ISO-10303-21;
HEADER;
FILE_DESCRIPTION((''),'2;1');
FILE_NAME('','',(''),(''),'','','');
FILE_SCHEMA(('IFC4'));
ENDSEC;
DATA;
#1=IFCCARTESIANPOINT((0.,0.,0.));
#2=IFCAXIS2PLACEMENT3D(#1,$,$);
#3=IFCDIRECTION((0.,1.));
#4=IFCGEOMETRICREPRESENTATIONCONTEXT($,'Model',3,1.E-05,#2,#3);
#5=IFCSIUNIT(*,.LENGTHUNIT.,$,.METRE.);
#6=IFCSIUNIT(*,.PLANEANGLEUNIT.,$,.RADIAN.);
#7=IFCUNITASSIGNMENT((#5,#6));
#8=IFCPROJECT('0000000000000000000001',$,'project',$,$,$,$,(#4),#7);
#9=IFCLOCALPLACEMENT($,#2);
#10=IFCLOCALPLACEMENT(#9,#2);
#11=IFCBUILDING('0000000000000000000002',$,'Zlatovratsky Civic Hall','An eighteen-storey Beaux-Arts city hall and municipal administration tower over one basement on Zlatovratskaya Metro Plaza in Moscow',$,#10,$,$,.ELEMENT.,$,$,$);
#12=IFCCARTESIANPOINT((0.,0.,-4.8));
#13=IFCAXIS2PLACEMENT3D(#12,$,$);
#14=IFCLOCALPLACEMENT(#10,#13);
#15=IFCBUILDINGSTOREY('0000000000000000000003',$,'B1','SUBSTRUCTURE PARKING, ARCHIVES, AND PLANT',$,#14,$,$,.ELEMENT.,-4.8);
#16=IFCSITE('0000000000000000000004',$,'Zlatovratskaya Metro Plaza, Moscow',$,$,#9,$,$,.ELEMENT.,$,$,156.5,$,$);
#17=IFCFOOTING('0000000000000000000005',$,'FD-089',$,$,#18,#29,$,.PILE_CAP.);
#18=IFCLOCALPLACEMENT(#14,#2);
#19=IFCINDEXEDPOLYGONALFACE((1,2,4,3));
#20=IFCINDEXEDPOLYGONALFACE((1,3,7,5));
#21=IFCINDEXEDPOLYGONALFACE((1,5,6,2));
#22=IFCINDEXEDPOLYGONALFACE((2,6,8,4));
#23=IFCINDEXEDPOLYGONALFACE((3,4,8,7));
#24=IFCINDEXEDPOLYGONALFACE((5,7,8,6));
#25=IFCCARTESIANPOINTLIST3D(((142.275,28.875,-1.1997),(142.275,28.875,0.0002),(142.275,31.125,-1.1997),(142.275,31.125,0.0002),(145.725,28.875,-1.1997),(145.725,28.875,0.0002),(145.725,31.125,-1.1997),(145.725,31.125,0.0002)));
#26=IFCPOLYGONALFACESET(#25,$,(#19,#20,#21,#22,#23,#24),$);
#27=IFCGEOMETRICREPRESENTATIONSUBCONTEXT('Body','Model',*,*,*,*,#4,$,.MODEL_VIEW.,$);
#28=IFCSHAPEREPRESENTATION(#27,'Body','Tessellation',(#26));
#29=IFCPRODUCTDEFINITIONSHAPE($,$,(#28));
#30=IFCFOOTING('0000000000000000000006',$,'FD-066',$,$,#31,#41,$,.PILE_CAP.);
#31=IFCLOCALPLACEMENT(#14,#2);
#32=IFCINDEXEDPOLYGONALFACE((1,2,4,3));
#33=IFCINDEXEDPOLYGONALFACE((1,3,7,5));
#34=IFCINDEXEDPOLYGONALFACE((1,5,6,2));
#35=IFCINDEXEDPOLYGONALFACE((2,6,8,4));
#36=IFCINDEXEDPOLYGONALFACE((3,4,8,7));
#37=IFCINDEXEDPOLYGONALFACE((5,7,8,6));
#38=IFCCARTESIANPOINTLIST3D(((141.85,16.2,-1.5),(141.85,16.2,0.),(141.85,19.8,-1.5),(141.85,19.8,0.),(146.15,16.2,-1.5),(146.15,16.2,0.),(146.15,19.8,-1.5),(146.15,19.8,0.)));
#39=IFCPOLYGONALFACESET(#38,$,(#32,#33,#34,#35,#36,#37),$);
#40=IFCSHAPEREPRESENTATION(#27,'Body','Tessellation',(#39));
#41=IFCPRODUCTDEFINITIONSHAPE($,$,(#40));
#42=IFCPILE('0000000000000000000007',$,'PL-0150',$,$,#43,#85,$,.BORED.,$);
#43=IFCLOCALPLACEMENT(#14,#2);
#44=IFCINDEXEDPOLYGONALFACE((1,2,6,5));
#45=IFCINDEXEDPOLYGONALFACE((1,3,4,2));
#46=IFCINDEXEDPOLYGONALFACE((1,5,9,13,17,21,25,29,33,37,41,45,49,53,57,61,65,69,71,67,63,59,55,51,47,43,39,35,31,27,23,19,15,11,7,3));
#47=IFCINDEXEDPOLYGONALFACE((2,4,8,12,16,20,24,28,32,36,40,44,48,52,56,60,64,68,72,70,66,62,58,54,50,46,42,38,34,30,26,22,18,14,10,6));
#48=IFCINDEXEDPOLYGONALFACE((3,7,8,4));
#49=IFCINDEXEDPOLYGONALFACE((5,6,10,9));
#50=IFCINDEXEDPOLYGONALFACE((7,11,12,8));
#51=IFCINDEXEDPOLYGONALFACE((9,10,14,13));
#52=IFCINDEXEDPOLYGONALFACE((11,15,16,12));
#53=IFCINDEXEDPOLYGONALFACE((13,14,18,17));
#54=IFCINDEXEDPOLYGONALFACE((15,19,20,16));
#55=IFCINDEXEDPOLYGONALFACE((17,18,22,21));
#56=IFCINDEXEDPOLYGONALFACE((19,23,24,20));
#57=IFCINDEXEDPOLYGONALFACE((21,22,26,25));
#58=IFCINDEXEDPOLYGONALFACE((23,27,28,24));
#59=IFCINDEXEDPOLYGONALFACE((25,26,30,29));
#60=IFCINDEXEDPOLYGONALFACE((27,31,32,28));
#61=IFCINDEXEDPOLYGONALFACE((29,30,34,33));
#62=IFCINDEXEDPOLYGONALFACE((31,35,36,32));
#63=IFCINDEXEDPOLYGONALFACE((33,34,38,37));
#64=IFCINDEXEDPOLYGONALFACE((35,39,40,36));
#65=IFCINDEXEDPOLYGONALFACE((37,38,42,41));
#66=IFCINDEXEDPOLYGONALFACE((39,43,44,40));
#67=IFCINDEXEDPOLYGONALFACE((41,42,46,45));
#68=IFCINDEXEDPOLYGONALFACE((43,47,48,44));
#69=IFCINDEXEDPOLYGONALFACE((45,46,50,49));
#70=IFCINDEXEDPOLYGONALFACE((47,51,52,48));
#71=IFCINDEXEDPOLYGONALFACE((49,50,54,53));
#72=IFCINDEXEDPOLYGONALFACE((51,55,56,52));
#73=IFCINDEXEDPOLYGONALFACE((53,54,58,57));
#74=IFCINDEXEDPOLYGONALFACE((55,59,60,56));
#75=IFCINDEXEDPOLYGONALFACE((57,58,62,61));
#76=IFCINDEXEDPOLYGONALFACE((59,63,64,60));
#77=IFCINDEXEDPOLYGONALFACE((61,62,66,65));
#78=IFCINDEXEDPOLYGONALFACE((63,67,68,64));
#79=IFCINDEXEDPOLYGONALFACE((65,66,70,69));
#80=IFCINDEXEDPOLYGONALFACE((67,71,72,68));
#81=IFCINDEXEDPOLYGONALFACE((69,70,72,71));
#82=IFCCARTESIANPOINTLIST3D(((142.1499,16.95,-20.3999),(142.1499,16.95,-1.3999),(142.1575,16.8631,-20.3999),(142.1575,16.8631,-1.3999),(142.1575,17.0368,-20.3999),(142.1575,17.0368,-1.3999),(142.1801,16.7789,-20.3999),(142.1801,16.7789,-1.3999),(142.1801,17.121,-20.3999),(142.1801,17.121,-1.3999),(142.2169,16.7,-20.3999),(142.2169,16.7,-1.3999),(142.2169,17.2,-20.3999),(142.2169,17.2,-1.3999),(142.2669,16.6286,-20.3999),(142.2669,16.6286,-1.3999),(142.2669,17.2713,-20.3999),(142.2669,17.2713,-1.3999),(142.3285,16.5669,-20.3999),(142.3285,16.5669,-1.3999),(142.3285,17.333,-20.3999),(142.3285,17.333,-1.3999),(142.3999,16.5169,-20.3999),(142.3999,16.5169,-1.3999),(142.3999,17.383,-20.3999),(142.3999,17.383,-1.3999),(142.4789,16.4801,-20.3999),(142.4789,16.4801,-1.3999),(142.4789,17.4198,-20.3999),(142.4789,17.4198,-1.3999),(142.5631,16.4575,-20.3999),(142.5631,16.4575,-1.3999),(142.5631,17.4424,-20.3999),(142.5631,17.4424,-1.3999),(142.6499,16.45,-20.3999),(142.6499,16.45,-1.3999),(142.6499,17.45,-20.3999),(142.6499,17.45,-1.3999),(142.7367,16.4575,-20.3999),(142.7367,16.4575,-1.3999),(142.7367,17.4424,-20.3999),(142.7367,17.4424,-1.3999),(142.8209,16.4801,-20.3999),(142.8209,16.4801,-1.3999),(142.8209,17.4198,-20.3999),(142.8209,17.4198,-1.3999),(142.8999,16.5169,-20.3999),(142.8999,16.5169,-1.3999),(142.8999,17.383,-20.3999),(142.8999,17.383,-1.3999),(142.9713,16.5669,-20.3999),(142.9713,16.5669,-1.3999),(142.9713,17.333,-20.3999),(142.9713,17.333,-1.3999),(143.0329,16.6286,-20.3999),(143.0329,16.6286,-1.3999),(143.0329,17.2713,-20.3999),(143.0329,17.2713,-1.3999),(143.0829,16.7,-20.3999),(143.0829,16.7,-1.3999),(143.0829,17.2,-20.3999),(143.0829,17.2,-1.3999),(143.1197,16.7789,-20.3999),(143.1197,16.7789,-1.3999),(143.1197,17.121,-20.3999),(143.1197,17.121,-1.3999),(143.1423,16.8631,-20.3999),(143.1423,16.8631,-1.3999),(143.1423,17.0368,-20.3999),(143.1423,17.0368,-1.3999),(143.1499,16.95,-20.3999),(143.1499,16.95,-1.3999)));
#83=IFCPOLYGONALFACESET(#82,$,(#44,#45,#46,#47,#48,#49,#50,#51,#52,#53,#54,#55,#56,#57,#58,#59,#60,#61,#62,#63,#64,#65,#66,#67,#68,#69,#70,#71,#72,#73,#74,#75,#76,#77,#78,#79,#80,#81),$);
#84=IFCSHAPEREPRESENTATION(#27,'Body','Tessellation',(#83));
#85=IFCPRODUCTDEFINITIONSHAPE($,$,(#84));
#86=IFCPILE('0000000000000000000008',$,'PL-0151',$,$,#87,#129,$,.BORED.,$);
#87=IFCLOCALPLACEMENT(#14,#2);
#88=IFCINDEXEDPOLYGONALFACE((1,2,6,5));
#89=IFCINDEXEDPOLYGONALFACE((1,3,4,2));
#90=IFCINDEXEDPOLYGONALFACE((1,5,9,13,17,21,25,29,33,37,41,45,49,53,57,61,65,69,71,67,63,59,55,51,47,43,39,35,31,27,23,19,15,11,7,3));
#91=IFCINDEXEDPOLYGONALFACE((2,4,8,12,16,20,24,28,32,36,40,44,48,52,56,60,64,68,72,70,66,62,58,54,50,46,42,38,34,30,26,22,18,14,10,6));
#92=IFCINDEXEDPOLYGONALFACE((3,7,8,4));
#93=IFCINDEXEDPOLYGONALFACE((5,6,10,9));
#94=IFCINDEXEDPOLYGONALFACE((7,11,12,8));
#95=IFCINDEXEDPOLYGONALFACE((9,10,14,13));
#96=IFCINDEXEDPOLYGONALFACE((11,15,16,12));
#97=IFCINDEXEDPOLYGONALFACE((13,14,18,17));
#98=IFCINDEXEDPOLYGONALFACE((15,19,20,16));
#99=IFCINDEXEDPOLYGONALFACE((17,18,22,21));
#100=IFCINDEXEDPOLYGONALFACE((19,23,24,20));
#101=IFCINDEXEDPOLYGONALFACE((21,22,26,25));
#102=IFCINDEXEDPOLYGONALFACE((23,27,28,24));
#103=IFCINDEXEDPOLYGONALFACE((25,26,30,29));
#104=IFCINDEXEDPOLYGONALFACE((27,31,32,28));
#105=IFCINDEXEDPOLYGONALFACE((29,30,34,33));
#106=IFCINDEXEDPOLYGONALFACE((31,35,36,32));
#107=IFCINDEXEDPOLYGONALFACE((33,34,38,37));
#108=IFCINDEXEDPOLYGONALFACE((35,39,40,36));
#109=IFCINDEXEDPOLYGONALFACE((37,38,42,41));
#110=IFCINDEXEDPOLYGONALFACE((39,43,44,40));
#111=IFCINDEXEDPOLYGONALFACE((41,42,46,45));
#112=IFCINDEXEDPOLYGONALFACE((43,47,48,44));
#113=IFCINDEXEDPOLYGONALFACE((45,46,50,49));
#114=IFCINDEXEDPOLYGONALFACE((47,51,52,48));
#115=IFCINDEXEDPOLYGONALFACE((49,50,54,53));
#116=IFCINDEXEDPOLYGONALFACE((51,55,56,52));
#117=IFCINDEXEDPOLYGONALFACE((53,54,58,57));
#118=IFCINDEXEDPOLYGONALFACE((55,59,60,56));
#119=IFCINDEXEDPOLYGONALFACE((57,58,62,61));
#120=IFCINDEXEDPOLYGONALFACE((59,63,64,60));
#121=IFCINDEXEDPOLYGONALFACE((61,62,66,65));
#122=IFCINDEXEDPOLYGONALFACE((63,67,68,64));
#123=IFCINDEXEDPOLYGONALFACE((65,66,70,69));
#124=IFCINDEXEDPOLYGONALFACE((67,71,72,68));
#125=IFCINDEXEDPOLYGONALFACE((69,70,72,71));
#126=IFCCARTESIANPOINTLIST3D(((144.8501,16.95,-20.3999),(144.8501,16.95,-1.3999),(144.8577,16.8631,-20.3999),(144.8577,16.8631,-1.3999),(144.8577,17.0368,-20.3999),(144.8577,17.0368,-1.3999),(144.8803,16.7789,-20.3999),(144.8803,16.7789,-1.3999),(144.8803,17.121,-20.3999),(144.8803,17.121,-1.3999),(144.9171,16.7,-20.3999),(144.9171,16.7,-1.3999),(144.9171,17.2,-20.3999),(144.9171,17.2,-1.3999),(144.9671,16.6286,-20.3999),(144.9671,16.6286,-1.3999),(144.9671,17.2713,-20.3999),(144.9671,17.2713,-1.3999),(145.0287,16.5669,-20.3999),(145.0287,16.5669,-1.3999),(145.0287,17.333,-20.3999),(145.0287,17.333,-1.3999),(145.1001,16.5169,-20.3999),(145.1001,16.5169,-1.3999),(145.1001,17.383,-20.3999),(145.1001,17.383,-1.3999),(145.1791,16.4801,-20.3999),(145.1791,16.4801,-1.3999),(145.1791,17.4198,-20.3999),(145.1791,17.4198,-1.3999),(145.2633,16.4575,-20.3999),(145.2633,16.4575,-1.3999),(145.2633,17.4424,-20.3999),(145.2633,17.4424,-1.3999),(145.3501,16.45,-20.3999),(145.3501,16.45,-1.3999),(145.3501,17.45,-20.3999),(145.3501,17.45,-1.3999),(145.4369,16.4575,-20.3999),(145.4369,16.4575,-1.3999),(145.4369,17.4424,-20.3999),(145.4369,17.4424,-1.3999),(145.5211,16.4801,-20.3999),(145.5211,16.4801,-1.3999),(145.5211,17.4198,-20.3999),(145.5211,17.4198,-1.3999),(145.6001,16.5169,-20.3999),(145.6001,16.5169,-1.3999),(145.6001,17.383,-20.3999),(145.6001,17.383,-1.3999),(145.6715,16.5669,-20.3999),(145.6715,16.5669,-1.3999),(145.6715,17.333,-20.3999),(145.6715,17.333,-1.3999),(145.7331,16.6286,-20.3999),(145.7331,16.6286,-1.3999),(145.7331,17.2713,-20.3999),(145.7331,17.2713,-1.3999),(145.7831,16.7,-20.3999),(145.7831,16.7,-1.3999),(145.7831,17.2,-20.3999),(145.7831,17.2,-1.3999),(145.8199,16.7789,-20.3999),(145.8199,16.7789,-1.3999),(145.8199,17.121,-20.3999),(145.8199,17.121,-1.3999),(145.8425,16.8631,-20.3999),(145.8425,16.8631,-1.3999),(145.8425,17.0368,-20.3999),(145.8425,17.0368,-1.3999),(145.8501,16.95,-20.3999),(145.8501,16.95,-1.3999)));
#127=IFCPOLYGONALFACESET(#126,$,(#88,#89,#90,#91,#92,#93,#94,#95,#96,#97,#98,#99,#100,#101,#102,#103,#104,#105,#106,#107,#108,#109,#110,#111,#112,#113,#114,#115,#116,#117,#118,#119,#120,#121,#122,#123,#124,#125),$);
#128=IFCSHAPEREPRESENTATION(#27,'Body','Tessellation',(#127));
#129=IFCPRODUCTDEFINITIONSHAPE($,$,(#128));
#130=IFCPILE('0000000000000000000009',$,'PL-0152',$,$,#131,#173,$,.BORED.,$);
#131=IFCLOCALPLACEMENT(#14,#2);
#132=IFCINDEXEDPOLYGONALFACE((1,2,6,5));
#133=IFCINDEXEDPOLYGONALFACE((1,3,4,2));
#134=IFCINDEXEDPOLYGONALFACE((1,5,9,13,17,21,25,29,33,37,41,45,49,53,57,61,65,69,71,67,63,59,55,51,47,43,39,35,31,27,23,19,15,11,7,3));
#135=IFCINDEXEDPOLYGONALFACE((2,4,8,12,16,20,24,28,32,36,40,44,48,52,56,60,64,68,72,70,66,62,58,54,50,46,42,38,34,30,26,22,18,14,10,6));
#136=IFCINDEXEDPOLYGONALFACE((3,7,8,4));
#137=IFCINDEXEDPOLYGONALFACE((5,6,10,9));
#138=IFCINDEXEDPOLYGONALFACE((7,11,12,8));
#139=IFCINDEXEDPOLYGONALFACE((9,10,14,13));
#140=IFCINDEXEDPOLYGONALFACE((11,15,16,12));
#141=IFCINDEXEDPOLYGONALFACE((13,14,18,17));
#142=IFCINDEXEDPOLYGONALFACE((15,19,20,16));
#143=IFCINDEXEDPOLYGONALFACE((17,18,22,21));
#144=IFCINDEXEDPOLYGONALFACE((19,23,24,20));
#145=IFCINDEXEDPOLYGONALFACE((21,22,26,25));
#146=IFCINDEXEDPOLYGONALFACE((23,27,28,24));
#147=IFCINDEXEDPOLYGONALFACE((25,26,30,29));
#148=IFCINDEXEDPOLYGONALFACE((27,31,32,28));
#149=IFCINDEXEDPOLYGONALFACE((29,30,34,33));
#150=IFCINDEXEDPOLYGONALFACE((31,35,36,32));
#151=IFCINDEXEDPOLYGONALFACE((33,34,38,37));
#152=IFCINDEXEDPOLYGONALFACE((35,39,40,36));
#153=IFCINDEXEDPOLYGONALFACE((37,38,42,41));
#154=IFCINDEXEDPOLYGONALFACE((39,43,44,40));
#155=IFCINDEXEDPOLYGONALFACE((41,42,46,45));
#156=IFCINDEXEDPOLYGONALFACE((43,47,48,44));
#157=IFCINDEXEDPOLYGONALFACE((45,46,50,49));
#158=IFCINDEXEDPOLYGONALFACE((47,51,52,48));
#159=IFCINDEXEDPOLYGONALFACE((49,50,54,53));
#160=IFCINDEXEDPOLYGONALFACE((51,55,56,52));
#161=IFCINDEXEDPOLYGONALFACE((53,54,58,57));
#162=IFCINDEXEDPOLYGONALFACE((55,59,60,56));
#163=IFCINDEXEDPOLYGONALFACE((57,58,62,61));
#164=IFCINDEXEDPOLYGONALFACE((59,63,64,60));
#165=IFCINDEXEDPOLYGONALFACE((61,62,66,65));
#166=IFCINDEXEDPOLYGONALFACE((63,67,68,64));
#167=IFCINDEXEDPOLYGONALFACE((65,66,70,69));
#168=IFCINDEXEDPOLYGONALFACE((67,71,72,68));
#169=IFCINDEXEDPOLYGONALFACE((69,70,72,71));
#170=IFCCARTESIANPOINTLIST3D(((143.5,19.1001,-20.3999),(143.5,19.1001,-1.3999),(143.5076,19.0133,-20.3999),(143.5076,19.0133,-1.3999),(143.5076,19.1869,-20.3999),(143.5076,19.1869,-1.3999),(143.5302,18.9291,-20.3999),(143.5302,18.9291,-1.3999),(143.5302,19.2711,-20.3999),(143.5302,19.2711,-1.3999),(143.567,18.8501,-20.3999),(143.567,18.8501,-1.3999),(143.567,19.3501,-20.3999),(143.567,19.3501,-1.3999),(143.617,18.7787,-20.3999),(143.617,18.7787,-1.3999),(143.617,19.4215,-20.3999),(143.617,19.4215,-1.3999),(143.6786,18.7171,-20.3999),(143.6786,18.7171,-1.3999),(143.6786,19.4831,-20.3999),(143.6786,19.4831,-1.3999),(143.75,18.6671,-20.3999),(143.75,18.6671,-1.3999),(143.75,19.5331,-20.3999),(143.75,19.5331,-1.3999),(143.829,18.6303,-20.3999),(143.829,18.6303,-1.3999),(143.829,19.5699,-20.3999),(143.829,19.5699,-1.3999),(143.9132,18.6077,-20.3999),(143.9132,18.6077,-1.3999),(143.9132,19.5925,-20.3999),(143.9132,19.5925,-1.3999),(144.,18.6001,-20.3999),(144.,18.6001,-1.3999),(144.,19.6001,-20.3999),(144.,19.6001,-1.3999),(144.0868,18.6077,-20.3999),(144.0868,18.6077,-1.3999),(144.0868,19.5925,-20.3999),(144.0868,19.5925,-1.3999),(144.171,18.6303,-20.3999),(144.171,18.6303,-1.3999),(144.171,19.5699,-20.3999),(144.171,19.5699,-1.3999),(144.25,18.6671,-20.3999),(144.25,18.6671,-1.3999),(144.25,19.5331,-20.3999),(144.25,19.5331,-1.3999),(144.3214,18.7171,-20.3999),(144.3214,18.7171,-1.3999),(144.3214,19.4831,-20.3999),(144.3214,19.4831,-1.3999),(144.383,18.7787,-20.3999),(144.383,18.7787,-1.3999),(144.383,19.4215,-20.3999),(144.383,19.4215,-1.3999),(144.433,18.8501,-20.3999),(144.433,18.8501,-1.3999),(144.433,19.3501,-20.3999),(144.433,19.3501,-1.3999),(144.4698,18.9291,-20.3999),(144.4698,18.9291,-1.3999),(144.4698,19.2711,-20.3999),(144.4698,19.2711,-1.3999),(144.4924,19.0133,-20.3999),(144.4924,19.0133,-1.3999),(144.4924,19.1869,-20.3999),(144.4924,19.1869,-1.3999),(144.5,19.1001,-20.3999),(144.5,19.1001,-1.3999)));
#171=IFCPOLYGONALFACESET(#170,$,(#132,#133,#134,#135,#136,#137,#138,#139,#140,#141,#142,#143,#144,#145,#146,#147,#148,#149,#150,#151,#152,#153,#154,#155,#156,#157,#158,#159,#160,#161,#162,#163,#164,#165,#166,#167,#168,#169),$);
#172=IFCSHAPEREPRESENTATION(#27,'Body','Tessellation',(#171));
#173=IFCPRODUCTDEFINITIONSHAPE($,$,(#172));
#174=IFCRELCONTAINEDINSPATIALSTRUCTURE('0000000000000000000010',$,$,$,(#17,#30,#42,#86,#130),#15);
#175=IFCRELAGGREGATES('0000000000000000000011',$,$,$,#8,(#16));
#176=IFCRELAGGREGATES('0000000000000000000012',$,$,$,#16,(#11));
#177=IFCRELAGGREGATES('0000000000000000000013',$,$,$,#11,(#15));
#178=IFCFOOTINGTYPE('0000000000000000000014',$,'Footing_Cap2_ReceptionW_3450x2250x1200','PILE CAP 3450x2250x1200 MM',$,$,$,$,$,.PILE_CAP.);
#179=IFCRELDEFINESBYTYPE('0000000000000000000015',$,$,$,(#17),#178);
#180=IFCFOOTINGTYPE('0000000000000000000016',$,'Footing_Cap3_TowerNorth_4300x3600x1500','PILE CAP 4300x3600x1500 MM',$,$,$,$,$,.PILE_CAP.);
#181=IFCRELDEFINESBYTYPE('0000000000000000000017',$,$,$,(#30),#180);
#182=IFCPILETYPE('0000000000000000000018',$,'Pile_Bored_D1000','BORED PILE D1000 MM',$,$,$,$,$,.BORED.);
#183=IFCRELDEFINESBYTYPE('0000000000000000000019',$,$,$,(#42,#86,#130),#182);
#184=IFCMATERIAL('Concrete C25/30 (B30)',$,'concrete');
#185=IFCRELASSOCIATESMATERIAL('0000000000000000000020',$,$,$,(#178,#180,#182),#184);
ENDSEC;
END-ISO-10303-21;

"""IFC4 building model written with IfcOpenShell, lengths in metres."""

from ifc_helpers import new_model, si_unit, direction, frame, origin, origin_2d, place, context, subcontext, project, spatial, rectangle, circle, extrude, material, material_profile, profile_set, type_object, element, save


model = new_model("IFC4")

# Units and contexts
model_context = context("Model", 3, precision=1e-05, world=origin(), true_north=direction((0.0, 1.0)))
body_context = subcontext(model_context, "Body", "Model", "MODEL_VIEW")
ifc_project = project(units=[si_unit("LENGTHUNIT", "METRE"), si_unit("PLANEANGLEUNIT", "RADIAN")], contexts=[model_context])

# Site, building, storey
site_placement = place(None, origin())
site = spatial("IfcSite", under=ifc_project, at=site_placement, Name="Zlatovratskaya Metro Plaza, Moscow", CompositionType="ELEMENT", RefElevation=156.5)
building_placement = place(site_placement, origin())
building = spatial("IfcBuilding", under=site, at=building_placement, Name="Zlatovratsky Civic Hall", Description="An eighteen-storey Beaux-Arts city hall and municipal administration tower over one basement on Zlatovratskaya Metro Plaza in Moscow", CompositionType="ELEMENT")
storey_placement = place(building_placement, frame((0.0, 0.0, -4.8)))
storey = spatial("IfcBuildingStorey", under=building, at=storey_placement, Name="B1", Description="SUBSTRUCTURE PARKING, ARCHIVES, AND PLANT", CompositionType="ELEMENT", Elevation=-4.8)

# Footings
ifc_material_1 = material(Name="Concrete C25/30 (B30)", Category="concrete")
footing_type_1 = type_object("IfcFootingType", Name="Footing_Cap2_ReceptionW_3450x2250x1200", Description="PILE CAP 3450x2250x1200 MM", PredefinedType="PILE_CAP", material=ifc_material_1)
footing_1_placement = place(storey_placement, frame((144.0, 30.0, -1.1997), z_axis=(0.0, 0.0, 1.0), x_axis=(1.0, 0.0, 0.0)))
element("IfcFooting", 1, at=footing_1_placement, inside=storey, type_object=footing_type_1, Name="FD-089", PredefinedType="PILE_CAP", context=body_context, shape_type="SweptSolid", body=[
    extrude(rectangle(XDim=3.45, YDim=2.25, at=origin_2d()), origin(), (0.0, 0.0, 1.0), 1.2),
])
footing_type_2 = type_object("IfcFootingType", Name="Footing_Cap3_TowerNorth_4300x3600x1500", Description="PILE CAP 4300x3600x1500 MM", PredefinedType="PILE_CAP", material=ifc_material_1)
footing_2_placement = place(storey_placement, frame((144.0, 18.0, -1.5), z_axis=(0.0, 0.0, 1.0), x_axis=(1.0, 0.0, 0.0)))
element("IfcFooting", 2, at=footing_2_placement, inside=storey, type_object=footing_type_2, Name="FD-066", PredefinedType="PILE_CAP", context=body_context, shape_type="SweptSolid", body=[
    extrude(rectangle(XDim=4.3, YDim=3.6001, at=origin_2d()), origin(), (0.0, 0.0, 1.0), 1.5),
])

# Piles
ifc_material_profile_1 = material_profile(ifc_material_1, circle(Radius=0.5, at=origin_2d()), Name="PILE D1000")
ifc_profile_set_1 = profile_set([ifc_material_profile_1], Name="Concrete C25/30 (B30)")
pile_type_1 = type_object("IfcPileType", Name="Pile_Bored_D1000", Description="BORED PILE D1000 MM", PredefinedType="BORED", material=ifc_profile_set_1)
for number, where, z_axis, x_axis, name in (
    (3, (142.6499, 16.95, -1.3999), (0.0, 0.0, -1.0), (1.0, 0.0, 0.0), "PL-0150"),
    (4, (145.3501, 16.95, -1.3999), (0.0, 0.0, -1.0), (1.0, 0.0, 0.0), "PL-0151"),
    (5, (144.0, 19.1001, -1.3999), (0.0, 0.0, -1.0), (1.0, 0.0, 0.0), "PL-0152"),
):
    element("IfcPile", number, at=place(storey_placement, frame(where, z_axis=z_axis, x_axis=x_axis)), inside=storey, type_object=pile_type_1, Name=name, PredefinedType="BORED", context=body_context, shape_type="SweptSolid", body=[
        extrude(circle(Radius=0.5, at=origin_2d()), origin(), (0.0, 0.0, 1.0), 19.0),
    ])

save(model, "model.ifc")
